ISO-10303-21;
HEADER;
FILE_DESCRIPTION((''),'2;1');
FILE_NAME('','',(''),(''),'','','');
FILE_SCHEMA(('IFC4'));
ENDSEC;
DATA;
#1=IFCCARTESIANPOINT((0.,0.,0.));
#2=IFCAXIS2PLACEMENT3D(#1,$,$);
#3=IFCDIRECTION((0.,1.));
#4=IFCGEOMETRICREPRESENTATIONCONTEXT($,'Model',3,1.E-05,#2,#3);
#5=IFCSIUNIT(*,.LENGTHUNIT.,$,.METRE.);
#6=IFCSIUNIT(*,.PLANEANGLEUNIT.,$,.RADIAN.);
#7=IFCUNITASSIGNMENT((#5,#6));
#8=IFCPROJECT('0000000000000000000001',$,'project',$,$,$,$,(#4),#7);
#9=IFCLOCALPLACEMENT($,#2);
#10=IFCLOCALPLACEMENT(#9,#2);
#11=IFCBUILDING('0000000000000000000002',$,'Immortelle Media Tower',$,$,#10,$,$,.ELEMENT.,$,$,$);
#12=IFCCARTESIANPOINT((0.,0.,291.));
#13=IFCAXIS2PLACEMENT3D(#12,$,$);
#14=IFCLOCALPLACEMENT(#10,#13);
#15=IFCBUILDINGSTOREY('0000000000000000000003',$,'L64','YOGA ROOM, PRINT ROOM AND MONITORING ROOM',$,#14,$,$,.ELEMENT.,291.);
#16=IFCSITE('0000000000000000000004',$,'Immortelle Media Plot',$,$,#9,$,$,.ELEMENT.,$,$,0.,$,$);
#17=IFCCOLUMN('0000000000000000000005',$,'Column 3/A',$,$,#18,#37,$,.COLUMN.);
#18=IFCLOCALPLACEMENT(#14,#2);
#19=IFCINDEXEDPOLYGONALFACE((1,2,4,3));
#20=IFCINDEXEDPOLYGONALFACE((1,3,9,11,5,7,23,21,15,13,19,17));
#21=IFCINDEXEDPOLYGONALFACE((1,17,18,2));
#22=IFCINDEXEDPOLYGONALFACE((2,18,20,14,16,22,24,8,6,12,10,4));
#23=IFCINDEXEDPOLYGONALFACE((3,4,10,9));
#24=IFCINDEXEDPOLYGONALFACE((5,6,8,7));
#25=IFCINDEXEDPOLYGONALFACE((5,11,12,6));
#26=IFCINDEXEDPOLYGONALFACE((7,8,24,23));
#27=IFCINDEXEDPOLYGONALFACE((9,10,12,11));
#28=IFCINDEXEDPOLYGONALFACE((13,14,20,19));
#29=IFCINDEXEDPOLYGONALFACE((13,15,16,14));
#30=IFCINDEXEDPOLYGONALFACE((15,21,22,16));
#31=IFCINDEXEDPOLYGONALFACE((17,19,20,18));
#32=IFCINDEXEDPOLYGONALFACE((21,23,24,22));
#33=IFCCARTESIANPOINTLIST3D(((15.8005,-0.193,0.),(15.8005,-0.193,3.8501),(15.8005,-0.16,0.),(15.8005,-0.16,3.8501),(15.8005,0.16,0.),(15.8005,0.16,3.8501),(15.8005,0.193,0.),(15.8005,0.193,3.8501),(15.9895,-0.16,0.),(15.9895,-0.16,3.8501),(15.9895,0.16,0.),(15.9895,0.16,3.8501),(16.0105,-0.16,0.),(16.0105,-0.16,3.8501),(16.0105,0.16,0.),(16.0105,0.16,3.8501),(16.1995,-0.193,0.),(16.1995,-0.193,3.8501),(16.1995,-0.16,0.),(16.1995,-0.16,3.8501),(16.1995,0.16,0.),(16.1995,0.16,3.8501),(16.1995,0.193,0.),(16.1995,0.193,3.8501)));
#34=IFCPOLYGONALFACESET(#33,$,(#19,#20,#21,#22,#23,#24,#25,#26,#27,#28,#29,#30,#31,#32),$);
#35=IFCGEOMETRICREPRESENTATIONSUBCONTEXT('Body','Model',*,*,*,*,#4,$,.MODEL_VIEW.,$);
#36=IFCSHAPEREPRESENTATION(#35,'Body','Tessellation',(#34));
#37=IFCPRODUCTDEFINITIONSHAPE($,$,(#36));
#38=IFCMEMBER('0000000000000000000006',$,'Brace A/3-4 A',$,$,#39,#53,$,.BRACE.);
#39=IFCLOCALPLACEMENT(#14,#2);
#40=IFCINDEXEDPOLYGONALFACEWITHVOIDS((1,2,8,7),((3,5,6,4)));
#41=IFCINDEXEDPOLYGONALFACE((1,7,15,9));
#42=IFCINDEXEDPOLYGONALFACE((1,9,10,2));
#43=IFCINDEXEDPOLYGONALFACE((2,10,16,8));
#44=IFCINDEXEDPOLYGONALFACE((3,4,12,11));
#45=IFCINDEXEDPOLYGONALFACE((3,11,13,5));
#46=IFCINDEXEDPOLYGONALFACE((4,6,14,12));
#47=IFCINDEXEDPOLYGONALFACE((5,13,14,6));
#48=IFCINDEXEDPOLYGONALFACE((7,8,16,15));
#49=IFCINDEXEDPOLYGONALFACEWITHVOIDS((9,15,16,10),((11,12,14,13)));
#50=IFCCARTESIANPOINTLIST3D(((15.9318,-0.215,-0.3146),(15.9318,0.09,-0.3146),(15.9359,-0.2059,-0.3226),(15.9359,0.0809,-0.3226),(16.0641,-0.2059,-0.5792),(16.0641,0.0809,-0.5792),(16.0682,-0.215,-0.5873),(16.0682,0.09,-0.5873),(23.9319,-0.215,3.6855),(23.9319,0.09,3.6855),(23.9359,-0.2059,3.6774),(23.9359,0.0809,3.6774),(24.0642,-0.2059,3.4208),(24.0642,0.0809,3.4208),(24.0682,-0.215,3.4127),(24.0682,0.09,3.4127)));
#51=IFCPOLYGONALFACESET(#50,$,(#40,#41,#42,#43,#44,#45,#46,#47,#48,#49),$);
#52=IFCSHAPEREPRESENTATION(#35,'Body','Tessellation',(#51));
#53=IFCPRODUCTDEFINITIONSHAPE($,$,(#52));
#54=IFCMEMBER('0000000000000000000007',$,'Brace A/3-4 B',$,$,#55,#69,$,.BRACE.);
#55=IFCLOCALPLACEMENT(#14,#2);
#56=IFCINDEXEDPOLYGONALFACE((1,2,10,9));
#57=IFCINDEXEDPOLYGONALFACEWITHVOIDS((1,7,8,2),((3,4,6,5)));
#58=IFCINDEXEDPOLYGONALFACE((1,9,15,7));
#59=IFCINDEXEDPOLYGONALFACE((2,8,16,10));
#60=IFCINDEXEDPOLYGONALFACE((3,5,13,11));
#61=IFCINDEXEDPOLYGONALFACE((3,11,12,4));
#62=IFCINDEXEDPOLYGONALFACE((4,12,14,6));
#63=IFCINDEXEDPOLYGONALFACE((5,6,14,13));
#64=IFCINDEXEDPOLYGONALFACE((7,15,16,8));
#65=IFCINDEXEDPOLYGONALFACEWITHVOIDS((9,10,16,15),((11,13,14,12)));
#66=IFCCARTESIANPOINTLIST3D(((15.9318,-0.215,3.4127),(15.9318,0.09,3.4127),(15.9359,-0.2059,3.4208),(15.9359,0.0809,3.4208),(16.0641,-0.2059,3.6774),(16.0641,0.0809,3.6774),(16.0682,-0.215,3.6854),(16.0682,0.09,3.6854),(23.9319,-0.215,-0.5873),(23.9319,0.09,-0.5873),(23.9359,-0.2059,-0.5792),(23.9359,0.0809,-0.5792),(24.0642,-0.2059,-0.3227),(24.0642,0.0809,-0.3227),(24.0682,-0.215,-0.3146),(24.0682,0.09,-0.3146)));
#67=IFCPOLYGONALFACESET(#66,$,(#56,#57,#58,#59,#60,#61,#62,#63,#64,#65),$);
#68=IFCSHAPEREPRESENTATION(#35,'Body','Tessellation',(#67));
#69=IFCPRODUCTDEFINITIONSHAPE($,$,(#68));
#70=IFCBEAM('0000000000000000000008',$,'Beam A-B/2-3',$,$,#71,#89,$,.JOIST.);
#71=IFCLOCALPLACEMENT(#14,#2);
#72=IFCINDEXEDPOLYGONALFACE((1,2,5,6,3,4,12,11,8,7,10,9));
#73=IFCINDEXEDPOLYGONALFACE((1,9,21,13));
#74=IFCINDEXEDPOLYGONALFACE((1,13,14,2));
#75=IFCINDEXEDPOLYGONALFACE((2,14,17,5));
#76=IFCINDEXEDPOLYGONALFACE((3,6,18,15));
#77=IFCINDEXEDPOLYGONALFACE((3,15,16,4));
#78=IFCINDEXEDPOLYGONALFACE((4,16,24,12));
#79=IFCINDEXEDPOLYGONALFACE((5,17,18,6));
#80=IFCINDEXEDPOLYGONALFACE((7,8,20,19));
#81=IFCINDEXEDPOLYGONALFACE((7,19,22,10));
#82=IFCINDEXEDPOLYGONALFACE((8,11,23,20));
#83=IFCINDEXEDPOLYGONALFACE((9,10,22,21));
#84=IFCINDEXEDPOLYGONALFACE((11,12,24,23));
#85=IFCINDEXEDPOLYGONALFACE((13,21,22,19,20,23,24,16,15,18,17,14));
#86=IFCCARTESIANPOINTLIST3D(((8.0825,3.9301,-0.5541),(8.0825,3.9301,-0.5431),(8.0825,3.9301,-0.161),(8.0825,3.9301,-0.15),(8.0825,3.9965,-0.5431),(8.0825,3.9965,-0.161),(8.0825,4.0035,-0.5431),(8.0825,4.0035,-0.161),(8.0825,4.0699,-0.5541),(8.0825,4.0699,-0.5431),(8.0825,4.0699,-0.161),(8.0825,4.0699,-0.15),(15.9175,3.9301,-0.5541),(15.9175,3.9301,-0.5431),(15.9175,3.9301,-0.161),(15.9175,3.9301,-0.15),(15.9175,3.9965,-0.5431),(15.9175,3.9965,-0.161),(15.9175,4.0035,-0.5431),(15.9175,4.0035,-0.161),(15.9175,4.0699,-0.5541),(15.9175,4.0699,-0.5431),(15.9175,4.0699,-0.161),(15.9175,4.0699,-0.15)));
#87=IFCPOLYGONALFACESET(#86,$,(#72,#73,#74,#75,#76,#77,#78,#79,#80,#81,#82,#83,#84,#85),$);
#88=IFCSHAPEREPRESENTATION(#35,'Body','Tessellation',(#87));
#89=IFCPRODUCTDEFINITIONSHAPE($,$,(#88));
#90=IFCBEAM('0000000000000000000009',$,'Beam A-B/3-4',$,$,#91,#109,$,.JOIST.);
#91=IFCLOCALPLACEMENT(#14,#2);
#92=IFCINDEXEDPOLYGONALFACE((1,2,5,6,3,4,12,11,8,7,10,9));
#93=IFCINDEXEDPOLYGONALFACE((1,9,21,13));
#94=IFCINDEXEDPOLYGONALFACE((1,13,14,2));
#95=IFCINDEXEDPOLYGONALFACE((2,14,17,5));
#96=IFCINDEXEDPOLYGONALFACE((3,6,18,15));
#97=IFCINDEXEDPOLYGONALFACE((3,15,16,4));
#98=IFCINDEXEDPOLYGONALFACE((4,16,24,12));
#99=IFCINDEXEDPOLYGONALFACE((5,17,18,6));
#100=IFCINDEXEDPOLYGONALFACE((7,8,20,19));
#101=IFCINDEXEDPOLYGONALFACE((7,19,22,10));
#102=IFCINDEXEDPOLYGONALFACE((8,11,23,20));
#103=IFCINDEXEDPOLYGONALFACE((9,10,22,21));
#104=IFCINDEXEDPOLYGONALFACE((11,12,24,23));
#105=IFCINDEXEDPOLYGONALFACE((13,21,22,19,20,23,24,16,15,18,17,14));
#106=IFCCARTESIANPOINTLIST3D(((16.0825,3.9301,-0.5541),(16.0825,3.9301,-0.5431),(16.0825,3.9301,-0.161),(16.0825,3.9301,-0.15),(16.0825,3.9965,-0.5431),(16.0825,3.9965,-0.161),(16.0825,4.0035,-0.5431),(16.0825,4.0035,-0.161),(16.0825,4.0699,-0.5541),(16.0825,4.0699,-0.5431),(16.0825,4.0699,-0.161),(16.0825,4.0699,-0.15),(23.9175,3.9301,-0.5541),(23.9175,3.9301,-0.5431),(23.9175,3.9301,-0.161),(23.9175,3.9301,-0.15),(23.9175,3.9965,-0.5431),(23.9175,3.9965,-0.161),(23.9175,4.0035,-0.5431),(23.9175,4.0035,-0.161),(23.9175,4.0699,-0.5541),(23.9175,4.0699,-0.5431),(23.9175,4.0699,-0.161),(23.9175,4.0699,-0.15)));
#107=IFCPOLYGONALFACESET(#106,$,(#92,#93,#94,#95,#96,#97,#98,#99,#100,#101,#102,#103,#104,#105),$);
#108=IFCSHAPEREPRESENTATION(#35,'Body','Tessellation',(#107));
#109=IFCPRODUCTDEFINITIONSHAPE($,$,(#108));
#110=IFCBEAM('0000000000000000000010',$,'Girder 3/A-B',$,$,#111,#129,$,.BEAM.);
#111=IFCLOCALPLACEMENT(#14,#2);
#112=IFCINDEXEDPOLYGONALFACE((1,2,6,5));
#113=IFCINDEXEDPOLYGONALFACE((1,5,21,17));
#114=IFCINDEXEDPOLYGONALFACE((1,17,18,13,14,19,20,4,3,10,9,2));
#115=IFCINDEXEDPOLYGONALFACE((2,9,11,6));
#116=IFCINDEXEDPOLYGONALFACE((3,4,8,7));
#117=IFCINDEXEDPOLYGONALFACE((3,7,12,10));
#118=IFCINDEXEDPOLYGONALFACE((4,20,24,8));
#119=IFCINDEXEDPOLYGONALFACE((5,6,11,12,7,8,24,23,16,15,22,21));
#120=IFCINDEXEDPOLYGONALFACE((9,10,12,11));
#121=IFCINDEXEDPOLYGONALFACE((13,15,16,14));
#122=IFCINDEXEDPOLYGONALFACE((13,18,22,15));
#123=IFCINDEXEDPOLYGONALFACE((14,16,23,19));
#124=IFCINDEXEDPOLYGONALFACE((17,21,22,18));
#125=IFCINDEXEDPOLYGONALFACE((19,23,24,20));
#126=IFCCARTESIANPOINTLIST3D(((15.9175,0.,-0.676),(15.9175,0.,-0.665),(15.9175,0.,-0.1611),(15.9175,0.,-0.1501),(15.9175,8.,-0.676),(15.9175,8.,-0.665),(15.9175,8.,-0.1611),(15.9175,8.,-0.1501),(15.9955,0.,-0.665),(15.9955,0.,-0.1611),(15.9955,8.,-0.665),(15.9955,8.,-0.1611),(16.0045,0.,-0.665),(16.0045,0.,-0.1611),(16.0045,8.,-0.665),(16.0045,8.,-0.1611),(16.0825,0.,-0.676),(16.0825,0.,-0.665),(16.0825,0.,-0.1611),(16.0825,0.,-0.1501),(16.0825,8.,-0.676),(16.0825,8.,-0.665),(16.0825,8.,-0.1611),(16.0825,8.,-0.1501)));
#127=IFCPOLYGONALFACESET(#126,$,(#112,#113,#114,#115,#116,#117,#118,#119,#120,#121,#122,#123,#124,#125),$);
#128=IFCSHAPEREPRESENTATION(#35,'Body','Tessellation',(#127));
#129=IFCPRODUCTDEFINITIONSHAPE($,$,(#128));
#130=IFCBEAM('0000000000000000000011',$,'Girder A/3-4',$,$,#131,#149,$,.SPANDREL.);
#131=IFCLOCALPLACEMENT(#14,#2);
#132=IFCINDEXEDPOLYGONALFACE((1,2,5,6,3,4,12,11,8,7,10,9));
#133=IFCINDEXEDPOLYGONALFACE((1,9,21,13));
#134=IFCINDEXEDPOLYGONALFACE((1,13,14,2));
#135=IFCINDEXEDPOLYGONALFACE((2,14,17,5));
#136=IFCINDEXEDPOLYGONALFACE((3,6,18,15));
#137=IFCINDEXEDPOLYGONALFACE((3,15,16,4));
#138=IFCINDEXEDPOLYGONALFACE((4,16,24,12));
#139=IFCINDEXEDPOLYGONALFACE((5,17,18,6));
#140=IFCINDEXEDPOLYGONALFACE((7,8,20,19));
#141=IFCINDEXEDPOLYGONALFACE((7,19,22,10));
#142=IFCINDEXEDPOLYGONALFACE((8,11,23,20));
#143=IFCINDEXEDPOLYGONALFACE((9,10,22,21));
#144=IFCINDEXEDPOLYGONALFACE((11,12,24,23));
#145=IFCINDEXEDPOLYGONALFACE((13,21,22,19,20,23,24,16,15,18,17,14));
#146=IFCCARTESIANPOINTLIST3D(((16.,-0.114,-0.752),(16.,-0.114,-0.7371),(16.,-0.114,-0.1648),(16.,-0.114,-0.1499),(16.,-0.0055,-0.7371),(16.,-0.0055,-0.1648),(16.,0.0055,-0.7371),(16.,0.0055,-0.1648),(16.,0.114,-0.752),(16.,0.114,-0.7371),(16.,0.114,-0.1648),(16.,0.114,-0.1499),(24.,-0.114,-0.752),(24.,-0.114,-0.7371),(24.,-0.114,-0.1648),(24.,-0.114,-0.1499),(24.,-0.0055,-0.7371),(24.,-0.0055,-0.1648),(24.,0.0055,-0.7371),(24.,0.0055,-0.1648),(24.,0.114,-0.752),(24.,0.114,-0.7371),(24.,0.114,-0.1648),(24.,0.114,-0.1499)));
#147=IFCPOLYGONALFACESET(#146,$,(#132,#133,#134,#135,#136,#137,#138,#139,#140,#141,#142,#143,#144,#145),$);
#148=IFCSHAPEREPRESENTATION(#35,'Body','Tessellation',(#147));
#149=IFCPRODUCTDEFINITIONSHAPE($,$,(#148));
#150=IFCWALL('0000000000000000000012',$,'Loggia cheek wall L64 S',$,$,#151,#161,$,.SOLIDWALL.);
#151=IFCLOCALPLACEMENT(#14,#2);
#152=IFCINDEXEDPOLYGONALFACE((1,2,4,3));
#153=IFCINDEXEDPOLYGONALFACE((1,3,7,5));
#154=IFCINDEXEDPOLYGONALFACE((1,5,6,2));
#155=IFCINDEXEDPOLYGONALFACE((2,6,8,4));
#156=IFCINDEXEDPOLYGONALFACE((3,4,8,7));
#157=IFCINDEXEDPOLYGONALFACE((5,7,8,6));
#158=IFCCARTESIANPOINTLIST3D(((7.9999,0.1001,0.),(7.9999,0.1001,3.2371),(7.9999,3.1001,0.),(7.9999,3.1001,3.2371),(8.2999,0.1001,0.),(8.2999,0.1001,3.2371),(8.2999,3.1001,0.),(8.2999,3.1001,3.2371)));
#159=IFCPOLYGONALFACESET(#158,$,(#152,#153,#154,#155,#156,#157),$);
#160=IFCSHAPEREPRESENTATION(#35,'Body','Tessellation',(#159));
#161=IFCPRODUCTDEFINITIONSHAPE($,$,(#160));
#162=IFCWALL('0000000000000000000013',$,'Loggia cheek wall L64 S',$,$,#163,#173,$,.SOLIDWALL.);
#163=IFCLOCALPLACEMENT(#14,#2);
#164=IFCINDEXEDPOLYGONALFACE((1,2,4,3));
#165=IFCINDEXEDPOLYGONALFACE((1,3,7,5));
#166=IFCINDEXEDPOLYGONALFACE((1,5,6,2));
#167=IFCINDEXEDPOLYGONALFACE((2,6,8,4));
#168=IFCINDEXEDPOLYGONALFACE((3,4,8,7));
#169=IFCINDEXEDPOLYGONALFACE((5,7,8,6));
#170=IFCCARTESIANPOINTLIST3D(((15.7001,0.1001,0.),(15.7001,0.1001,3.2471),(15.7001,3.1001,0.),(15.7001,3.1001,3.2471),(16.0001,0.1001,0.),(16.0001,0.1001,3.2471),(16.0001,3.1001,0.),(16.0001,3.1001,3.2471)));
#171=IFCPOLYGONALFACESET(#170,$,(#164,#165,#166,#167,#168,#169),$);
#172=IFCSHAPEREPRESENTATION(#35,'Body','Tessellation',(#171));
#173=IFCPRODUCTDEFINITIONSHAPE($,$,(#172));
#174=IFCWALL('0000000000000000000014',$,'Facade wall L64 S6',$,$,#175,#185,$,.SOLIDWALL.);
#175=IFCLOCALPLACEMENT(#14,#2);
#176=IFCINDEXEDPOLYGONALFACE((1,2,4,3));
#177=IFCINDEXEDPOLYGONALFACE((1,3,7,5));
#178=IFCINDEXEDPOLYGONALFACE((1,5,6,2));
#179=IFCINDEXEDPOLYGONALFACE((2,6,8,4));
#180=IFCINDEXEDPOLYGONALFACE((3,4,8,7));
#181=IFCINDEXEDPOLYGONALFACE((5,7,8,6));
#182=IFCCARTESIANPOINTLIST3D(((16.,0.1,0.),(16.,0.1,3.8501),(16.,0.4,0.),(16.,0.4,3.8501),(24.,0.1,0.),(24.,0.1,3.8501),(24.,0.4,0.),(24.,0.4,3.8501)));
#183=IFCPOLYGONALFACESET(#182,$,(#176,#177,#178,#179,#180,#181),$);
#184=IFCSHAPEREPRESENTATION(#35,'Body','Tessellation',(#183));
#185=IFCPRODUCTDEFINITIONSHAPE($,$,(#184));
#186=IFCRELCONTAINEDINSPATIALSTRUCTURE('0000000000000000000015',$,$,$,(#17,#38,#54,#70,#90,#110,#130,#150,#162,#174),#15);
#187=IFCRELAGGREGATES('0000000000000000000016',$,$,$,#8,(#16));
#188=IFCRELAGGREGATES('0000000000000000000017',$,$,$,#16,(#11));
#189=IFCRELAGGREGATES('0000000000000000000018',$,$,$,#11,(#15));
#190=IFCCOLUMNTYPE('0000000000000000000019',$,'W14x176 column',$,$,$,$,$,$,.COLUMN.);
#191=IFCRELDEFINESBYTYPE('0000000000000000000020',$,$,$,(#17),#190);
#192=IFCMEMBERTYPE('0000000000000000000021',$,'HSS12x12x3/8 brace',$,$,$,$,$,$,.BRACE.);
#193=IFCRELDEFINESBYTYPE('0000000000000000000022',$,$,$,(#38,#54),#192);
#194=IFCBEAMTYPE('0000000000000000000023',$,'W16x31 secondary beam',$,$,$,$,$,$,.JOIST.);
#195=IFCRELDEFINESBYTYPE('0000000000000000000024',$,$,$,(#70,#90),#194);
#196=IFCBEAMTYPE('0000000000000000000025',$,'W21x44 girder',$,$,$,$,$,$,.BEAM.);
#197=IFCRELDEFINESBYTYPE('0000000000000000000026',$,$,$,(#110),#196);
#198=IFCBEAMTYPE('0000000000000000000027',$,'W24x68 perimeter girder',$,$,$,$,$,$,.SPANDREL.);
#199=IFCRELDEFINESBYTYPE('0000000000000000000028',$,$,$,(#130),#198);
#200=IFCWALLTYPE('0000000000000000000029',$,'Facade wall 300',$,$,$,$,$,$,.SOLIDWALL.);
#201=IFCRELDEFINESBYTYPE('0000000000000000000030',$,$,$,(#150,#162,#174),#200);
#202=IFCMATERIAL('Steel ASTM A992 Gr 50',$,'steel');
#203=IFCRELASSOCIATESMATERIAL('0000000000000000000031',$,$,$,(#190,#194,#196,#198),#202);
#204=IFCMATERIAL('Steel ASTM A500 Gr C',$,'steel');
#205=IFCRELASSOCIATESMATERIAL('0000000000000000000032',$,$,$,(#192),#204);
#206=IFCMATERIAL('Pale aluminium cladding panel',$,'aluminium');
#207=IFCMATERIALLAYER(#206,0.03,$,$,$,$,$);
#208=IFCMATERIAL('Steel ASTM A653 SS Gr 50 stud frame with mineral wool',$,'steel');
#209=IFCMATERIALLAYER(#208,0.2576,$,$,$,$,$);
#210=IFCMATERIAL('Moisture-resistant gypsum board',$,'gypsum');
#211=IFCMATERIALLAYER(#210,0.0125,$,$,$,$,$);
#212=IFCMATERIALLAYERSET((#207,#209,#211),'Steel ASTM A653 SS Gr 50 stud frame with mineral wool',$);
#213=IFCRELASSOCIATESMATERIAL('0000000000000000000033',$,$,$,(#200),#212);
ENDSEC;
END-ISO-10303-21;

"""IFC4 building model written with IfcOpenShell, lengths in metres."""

from ifc_helpers import new_model, si_unit, direction, frame, frame_2d, origin, origin_2d, place, context, subcontext, project, spatial, rectangle, hollow_rectangle, i_section, extrude, material, layer, layer_set, material_profile, profile_set, type_object, element, save


model = new_model("IFC4")

# Units and contexts
model_context = context("Model", 3, precision=1e-05, world=origin(), true_north=direction((0.0, 1.0)))
body_context = subcontext(model_context, "Body", "Model", "MODEL_VIEW")
ifc_project = project(units=[si_unit("LENGTHUNIT", "METRE"), si_unit("PLANEANGLEUNIT", "RADIAN")], contexts=[model_context])

# Site, building, storey
site_placement = place(None, origin())
site = spatial("IfcSite", under=ifc_project, at=site_placement, Name="Immortelle Media Plot", CompositionType="ELEMENT", RefElevation=0.0)
building_placement = place(site_placement, origin())
building = spatial("IfcBuilding", under=site, at=building_placement, Name="Immortelle Media Tower", CompositionType="ELEMENT")
storey_placement = place(building_placement, frame((0.0, 0.0, 291.0)))
storey = spatial("IfcBuildingStorey", under=building, at=storey_placement, Name="L64", Description="YOGA ROOM, PRINT ROOM AND MONITORING ROOM", CompositionType="ELEMENT", Elevation=291.0)

# Column
ifc_material_1 = material(Name="Steel ASTM A992 Gr 50", Category="steel")
ifc_material_profile_1 = material_profile(ifc_material_1, i_section(OverallWidth=0.3989, OverallDepth=0.386, WebThickness=0.021, FlangeThickness=0.033, at=origin_2d()), Name="W14x176")
ifc_profile_set_1 = profile_set([ifc_material_profile_1], Name="Steel ASTM A992 Gr 50")
column_type = type_object("IfcColumnType", Name="W14x176 column", PredefinedType="COLUMN", material=ifc_profile_set_1)
column_placement = place(storey_placement, frame((16.0, 0.0, 0.0), z_axis=(0.0, 0.0, 1.0), x_axis=(1.0, 0.0, 0.0)))
element("IfcColumn", 1, at=column_placement, inside=storey, type_object=column_type, Name="Column 3/A", PredefinedType="COLUMN", context=body_context, shape_type="SweptSolid", body=[
    extrude(i_section(OverallWidth=0.3989, OverallDepth=0.386, WebThickness=0.021, FlangeThickness=0.033, at=origin_2d()), origin(), (0.0, 0.0, 1.0), 3.8501),
])

# Members
ifc_material_2 = material(Name="Steel ASTM A500 Gr C", Category="steel")
ifc_material_profile_2 = material_profile(ifc_material_2, hollow_rectangle(XDim=0.3049, YDim=0.3049, WallThickness=0.009, at=origin_2d()), Name="HSS12x12x3/8 brace")
ifc_profile_set_2 = profile_set([ifc_material_profile_2], Name="Steel ASTM A500 Gr C")
member_type = type_object("IfcMemberType", Name="HSS12x12x3/8 brace", PredefinedType="BRACE", material=ifc_profile_set_2)
for number, where, z_axis, x_axis, name in (
    (2, (16.0, -0.0625, -0.4509), (0.894427, 0.0, 0.447214), (0.0, 1.0, 0.0), "Brace A/3-4 A"),
    (3, (16.0, -0.0625, 3.5491), (0.894427, 0.0, -0.447214), (0.0, 1.0, 0.0), "Brace A/3-4 B"),
):
    element("IfcMember", number, at=place(storey_placement, frame(where, z_axis=z_axis, x_axis=x_axis)), inside=storey, type_object=member_type, Name=name, PredefinedType="BRACE", context=body_context, shape_type="SweptSolid", body=[
        extrude(hollow_rectangle(XDim=0.3049, YDim=0.3049, WallThickness=0.009, at=origin_2d()), origin(), (0.0, 0.0, 1.0), 8.9443),
    ])

# Beams
ifc_material_profile_3 = material_profile(ifc_material_1, i_section(OverallWidth=0.1399, OverallDepth=0.4041, WebThickness=0.0071, FlangeThickness=0.011, at=origin_2d()), Name="W16x31")
ifc_profile_set_3 = profile_set([ifc_material_profile_3], Name="Steel ASTM A992 Gr 50")
beam_type_1 = type_object("IfcBeamType", Name="W16x31 secondary beam", PredefinedType="JOIST", material=ifc_profile_set_3)
for number, where, z_axis, x_axis, name in (
    (4, (8.0825, 4.0, -0.3521), (1.0, 0.0, 0.0), (0.0, 1.0, 0.0), "Beam A-B/2-3"),
    (5, (16.0825, 4.0, -0.3521), (1.0, 0.0, 0.0), (0.0, 1.0, 0.0), "Beam A-B/3-4"),
):
    element("IfcBeam", number, at=place(storey_placement, frame(where, z_axis=z_axis, x_axis=x_axis)), inside=storey, type_object=beam_type_1, Name=name, PredefinedType="JOIST", context=body_context, shape_type="SweptSolid", body=[
        extrude(i_section(OverallWidth=0.1399, OverallDepth=0.4041, WebThickness=0.0071, FlangeThickness=0.011, at=origin_2d()), origin(), (0.0, 0.0, 1.0), 7.835),
    ])
ifc_material_profile_4 = material_profile(ifc_material_1, i_section(OverallWidth=0.165, OverallDepth=0.5259, WebThickness=0.009, FlangeThickness=0.011, at=origin_2d()), Name="W21x44")
ifc_profile_set_4 = profile_set([ifc_material_profile_4], Name="Steel ASTM A992 Gr 50")
beam_type_2 = type_object("IfcBeamType", Name="W21x44 girder", PredefinedType="BEAM", material=ifc_profile_set_4)
beam_1_placement = place(storey_placement, frame((16.0, 0.0, -0.4131), z_axis=(0.0, 1.0, 0.0), x_axis=(-1.0, 0.0, 0.0)))
element("IfcBeam", 6, at=beam_1_placement, inside=storey, type_object=beam_type_2, Name="Girder 3/A-B", PredefinedType="BEAM", context=body_context, shape_type="SweptSolid", body=[
    extrude(i_section(OverallWidth=0.165, OverallDepth=0.5259, WebThickness=0.009, FlangeThickness=0.011, at=origin_2d()), origin(), (0.0, 0.0, 1.0), 8.0),
])
ifc_material_profile_5 = material_profile(ifc_material_1, i_section(OverallWidth=0.228, OverallDepth=0.6021, WebThickness=0.011, FlangeThickness=0.0149, at=origin_2d()), Name="W24x68")
ifc_profile_set_5 = profile_set([ifc_material_profile_5], Name="Steel ASTM A992 Gr 50")
beam_type_3 = type_object("IfcBeamType", Name="W24x68 perimeter girder", PredefinedType="SPANDREL", material=ifc_profile_set_5)
beam_2_placement = place(storey_placement, frame((16.0, 0.0, -0.4509), z_axis=(1.0, 0.0, 0.0), x_axis=(0.0, 1.0, 0.0)))
element("IfcBeam", 7, at=beam_2_placement, inside=storey, type_object=beam_type_3, Name="Girder A/3-4", PredefinedType="SPANDREL", context=body_context, shape_type="SweptSolid", body=[
    extrude(i_section(OverallWidth=0.228, OverallDepth=0.6021, WebThickness=0.011, FlangeThickness=0.0149, at=origin_2d()), origin(), (0.0, 0.0, 1.0), 8.0),
])

# Shared definitions
ifc_material_3 = material(Name="Pale aluminium cladding panel", Category="aluminium")
ifc_layer_1 = layer(ifc_material_3, 0.03)
ifc_material_4 = material(Name="Steel ASTM A653 SS Gr 50 stud frame with mineral wool", Category="steel")
ifc_layer_2 = layer(ifc_material_4, 0.2576)
ifc_material_5 = material(Name="Moisture-resistant gypsum board", Category="gypsum")
ifc_layer_3 = layer(ifc_material_5, 0.0125)
ifc_layer_set_1 = layer_set([ifc_layer_1, ifc_layer_2, ifc_layer_3], Name="Steel ASTM A653 SS Gr 50 stud frame with mineral wool")
wall_type_1 = type_object("IfcWallType", Name="Facade wall 300", PredefinedType="SOLIDWALL", material=ifc_layer_set_1)

# Walls
wall_1_placement = place(storey_placement, frame((8.1499, 0.1001, 0.0), z_axis=(0.0, 0.0, 1.0), x_axis=(0.0, 1.0, 0.0)))
element("IfcWall", 8, at=wall_1_placement, inside=storey, type_object=wall_type_1, Name="Loggia cheek wall L64 S", PredefinedType="SOLIDWALL", context=body_context, shape_type="SweptSolid", body=[
    extrude(rectangle(XDim=3.0, YDim=0.3, at=frame_2d((1.5, 0.0))), origin(), (0.0, 0.0, 1.0), 3.2371),
])
wall_2_placement = place(storey_placement, frame((15.8501, 0.1001, 0.0), z_axis=(0.0, 0.0, 1.0), x_axis=(0.0, 1.0, 0.0)))
element("IfcWall", 9, at=wall_2_placement, inside=storey, type_object=wall_type_1, Name="Loggia cheek wall L64 S", PredefinedType="SOLIDWALL", context=body_context, shape_type="SweptSolid", body=[
    extrude(rectangle(XDim=3.0, YDim=0.3, at=frame_2d((1.5, 0.0))), origin(), (0.0, 0.0, 1.0), 3.2471),
])
wall_3_placement = place(storey_placement, frame((16.0, 0.25, 0.0), z_axis=(0.0, 0.0, 1.0), x_axis=(1.0, 0.0, 0.0)))
element("IfcWall", 10, at=wall_3_placement, inside=storey, type_object=wall_type_1, Name="Facade wall L64 S6", PredefinedType="SOLIDWALL", context=body_context, shape_type="SweptSolid", body=[
    extrude(rectangle(XDim=8.0, YDim=0.3, at=frame_2d((4.0, 0.0))), origin(), (0.0, 0.0, 1.0), 3.8501),
])

save(model, "model.ifc")
